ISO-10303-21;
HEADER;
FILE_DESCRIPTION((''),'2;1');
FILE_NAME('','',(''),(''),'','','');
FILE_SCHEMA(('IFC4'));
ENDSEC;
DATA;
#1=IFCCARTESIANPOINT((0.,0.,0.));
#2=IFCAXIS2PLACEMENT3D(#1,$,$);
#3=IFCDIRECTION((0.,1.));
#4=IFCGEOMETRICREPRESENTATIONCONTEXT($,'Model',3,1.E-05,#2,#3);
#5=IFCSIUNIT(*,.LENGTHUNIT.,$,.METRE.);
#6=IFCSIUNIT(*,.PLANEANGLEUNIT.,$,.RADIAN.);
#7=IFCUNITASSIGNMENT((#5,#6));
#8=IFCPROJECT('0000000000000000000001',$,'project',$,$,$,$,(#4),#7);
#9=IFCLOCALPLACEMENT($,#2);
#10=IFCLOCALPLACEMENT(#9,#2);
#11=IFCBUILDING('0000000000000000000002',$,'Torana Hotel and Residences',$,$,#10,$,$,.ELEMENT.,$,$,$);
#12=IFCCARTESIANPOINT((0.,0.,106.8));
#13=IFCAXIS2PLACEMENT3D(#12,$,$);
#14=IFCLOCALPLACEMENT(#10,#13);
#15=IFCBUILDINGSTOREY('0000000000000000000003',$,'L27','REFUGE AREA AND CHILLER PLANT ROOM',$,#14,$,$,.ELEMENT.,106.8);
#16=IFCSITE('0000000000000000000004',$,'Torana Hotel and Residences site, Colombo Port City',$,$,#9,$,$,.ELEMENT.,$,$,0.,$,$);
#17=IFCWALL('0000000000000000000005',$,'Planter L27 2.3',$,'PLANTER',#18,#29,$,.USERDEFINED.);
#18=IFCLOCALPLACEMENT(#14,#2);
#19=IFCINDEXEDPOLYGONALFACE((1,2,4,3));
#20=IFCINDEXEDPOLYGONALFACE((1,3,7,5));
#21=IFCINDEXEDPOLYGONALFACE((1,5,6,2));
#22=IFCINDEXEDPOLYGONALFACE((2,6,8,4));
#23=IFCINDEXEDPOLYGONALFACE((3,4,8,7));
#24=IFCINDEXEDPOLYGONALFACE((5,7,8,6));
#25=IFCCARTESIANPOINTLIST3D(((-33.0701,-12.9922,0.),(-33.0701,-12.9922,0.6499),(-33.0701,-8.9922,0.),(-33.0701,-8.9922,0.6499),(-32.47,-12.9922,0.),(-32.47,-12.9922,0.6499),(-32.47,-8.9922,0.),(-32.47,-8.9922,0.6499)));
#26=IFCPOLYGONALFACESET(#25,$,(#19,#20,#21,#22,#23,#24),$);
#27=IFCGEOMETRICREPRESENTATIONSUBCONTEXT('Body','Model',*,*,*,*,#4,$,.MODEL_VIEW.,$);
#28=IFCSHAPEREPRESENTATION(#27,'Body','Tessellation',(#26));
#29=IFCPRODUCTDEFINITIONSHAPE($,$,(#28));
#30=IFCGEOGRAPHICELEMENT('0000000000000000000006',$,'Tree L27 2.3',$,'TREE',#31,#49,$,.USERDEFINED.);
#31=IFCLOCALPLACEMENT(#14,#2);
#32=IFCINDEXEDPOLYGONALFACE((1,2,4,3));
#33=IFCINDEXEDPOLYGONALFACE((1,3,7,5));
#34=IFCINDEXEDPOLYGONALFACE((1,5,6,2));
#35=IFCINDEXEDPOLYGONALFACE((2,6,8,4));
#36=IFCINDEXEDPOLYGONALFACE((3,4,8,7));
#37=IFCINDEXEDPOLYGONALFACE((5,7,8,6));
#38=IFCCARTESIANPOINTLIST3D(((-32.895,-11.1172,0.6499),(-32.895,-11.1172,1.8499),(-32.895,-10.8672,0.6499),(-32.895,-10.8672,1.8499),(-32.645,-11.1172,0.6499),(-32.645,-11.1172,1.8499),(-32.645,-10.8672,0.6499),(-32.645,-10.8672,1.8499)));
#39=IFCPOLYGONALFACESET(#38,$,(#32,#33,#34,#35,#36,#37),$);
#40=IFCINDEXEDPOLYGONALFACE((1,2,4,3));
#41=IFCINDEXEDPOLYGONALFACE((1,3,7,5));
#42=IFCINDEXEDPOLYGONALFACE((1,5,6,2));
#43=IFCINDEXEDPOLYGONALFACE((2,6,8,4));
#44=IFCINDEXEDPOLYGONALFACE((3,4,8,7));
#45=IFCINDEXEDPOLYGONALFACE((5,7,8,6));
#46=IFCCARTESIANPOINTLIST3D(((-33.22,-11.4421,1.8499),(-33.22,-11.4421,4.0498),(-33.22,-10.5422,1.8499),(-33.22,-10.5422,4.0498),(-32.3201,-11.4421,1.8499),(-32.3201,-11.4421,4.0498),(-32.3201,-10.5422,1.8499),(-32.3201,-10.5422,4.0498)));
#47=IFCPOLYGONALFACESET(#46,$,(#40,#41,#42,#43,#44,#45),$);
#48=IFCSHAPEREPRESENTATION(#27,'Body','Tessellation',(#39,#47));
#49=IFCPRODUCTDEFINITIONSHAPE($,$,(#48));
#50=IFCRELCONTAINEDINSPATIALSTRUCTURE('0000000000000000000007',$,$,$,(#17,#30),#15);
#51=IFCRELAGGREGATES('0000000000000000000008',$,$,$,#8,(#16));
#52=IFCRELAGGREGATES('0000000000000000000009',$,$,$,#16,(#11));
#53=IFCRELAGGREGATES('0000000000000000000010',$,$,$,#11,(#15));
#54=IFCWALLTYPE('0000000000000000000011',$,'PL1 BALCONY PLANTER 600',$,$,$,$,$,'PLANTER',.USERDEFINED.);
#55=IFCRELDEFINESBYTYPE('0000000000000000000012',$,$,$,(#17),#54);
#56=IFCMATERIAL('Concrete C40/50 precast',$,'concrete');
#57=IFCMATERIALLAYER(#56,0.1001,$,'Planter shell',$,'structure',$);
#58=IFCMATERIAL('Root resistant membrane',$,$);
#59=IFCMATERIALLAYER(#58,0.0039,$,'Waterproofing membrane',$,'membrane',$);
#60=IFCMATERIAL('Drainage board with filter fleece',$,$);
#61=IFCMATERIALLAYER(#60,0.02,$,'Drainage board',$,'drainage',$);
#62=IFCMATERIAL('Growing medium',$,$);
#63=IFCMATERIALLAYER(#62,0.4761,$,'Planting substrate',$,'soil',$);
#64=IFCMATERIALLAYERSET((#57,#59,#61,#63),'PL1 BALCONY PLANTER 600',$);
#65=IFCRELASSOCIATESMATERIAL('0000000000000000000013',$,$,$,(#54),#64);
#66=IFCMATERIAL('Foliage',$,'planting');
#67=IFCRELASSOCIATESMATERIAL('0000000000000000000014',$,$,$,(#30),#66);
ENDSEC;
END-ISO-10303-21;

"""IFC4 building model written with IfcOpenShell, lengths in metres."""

from ifc_helpers import new_model, si_unit, direction, frame, frame_2d, origin, origin_2d, place, context, subcontext, project, spatial, rectangle, extrude, material, layer, layer_set, type_object, element, save


model = new_model("IFC4")

# Units and contexts
model_context = context("Model", 3, precision=1e-05, world=origin(), true_north=direction((0.0, 1.0)))
body_context = subcontext(model_context, "Body", "Model", "MODEL_VIEW")
ifc_project = project(units=[si_unit("LENGTHUNIT", "METRE"), si_unit("PLANEANGLEUNIT", "RADIAN")], contexts=[model_context])

# Site, building, storey
site_placement = place(None, origin())
site = spatial("IfcSite", under=ifc_project, at=site_placement, Name="Torana Hotel and Residences site, Colombo Port City", CompositionType="ELEMENT", RefElevation=0.0)
building_placement = place(site_placement, origin())
building = spatial("IfcBuilding", under=site, at=building_placement, Name="Torana Hotel and Residences", CompositionType="ELEMENT")
storey_placement = place(building_placement, frame((0.0, 0.0, 106.8)))
storey = spatial("IfcBuildingStorey", under=building, at=storey_placement, Name="L27", Description="REFUGE AREA AND CHILLER PLANT ROOM", CompositionType="ELEMENT", Elevation=106.8)

# Wall
ifc_material_1 = material(Name="Concrete C40/50 precast", Category="concrete")
ifc_layer_1 = layer(ifc_material_1, 0.1001, Name="Planter shell", Category="structure")
ifc_material_2 = material(Name="Root resistant membrane")
ifc_layer_2 = layer(ifc_material_2, 0.0039, Name="Waterproofing membrane", Category="membrane")
ifc_material_3 = material(Name="Drainage board with filter fleece")
ifc_layer_3 = layer(ifc_material_3, 0.02, Name="Drainage board", Category="drainage")
ifc_material_4 = material(Name="Growing medium")
ifc_layer_4 = layer(ifc_material_4, 0.4761, Name="Planting substrate", Category="soil")
ifc_layer_set_1 = layer_set([ifc_layer_1, ifc_layer_2, ifc_layer_3, ifc_layer_4], Name="PL1 BALCONY PLANTER 600")
wall_type_1 = type_object("IfcWallType", Name="PL1 BALCONY PLANTER 600", ElementType="PLANTER", PredefinedType="USERDEFINED", material=ifc_layer_set_1)
wall_1_placement = place(storey_placement, frame((-32.77, -12.9922, 0.0), z_axis=(0.0, 0.0, 1.0), x_axis=(0.0, 1.0, 0.0)))
element("IfcWall", 1, at=wall_1_placement, inside=storey, type_object=wall_type_1, Name="Planter L27 2.3", ObjectType="PLANTER", PredefinedType="USERDEFINED", context=body_context, shape_type="SweptSolid", body=[
    extrude(rectangle(XDim=4.0, YDim=0.6001, at=frame_2d((2.0, 0.0))), origin(), (0.0, 0.0, 1.0), 0.6499),
])

# Geographic element
ifc_material_5 = material(Name="Foliage", Category="planting")
geographic_element_placement = place(storey_placement, frame((-32.77, -10.9922, 0.6499), z_axis=(0.0, 0.0, 1.0), x_axis=(1.0, 0.0, 0.0)))
element("IfcGeographicElement", 2, at=geographic_element_placement, inside=storey, material=ifc_material_5, Name="Tree L27 2.3", ObjectType="TREE", PredefinedType="USERDEFINED", context=body_context, shape_type="SweptSolid", body=[
    extrude(rectangle(XDim=0.25, YDim=0.25, at=origin_2d()), origin(), (0.0, 0.0, 1.0), 1.2),
    extrude(rectangle(XDim=0.8999, YDim=0.8999, at=origin_2d()), frame((0.0, 0.0, 1.2)), (0.0, 0.0, 1.0), 2.2),
])

save(model, "model.ifc")
